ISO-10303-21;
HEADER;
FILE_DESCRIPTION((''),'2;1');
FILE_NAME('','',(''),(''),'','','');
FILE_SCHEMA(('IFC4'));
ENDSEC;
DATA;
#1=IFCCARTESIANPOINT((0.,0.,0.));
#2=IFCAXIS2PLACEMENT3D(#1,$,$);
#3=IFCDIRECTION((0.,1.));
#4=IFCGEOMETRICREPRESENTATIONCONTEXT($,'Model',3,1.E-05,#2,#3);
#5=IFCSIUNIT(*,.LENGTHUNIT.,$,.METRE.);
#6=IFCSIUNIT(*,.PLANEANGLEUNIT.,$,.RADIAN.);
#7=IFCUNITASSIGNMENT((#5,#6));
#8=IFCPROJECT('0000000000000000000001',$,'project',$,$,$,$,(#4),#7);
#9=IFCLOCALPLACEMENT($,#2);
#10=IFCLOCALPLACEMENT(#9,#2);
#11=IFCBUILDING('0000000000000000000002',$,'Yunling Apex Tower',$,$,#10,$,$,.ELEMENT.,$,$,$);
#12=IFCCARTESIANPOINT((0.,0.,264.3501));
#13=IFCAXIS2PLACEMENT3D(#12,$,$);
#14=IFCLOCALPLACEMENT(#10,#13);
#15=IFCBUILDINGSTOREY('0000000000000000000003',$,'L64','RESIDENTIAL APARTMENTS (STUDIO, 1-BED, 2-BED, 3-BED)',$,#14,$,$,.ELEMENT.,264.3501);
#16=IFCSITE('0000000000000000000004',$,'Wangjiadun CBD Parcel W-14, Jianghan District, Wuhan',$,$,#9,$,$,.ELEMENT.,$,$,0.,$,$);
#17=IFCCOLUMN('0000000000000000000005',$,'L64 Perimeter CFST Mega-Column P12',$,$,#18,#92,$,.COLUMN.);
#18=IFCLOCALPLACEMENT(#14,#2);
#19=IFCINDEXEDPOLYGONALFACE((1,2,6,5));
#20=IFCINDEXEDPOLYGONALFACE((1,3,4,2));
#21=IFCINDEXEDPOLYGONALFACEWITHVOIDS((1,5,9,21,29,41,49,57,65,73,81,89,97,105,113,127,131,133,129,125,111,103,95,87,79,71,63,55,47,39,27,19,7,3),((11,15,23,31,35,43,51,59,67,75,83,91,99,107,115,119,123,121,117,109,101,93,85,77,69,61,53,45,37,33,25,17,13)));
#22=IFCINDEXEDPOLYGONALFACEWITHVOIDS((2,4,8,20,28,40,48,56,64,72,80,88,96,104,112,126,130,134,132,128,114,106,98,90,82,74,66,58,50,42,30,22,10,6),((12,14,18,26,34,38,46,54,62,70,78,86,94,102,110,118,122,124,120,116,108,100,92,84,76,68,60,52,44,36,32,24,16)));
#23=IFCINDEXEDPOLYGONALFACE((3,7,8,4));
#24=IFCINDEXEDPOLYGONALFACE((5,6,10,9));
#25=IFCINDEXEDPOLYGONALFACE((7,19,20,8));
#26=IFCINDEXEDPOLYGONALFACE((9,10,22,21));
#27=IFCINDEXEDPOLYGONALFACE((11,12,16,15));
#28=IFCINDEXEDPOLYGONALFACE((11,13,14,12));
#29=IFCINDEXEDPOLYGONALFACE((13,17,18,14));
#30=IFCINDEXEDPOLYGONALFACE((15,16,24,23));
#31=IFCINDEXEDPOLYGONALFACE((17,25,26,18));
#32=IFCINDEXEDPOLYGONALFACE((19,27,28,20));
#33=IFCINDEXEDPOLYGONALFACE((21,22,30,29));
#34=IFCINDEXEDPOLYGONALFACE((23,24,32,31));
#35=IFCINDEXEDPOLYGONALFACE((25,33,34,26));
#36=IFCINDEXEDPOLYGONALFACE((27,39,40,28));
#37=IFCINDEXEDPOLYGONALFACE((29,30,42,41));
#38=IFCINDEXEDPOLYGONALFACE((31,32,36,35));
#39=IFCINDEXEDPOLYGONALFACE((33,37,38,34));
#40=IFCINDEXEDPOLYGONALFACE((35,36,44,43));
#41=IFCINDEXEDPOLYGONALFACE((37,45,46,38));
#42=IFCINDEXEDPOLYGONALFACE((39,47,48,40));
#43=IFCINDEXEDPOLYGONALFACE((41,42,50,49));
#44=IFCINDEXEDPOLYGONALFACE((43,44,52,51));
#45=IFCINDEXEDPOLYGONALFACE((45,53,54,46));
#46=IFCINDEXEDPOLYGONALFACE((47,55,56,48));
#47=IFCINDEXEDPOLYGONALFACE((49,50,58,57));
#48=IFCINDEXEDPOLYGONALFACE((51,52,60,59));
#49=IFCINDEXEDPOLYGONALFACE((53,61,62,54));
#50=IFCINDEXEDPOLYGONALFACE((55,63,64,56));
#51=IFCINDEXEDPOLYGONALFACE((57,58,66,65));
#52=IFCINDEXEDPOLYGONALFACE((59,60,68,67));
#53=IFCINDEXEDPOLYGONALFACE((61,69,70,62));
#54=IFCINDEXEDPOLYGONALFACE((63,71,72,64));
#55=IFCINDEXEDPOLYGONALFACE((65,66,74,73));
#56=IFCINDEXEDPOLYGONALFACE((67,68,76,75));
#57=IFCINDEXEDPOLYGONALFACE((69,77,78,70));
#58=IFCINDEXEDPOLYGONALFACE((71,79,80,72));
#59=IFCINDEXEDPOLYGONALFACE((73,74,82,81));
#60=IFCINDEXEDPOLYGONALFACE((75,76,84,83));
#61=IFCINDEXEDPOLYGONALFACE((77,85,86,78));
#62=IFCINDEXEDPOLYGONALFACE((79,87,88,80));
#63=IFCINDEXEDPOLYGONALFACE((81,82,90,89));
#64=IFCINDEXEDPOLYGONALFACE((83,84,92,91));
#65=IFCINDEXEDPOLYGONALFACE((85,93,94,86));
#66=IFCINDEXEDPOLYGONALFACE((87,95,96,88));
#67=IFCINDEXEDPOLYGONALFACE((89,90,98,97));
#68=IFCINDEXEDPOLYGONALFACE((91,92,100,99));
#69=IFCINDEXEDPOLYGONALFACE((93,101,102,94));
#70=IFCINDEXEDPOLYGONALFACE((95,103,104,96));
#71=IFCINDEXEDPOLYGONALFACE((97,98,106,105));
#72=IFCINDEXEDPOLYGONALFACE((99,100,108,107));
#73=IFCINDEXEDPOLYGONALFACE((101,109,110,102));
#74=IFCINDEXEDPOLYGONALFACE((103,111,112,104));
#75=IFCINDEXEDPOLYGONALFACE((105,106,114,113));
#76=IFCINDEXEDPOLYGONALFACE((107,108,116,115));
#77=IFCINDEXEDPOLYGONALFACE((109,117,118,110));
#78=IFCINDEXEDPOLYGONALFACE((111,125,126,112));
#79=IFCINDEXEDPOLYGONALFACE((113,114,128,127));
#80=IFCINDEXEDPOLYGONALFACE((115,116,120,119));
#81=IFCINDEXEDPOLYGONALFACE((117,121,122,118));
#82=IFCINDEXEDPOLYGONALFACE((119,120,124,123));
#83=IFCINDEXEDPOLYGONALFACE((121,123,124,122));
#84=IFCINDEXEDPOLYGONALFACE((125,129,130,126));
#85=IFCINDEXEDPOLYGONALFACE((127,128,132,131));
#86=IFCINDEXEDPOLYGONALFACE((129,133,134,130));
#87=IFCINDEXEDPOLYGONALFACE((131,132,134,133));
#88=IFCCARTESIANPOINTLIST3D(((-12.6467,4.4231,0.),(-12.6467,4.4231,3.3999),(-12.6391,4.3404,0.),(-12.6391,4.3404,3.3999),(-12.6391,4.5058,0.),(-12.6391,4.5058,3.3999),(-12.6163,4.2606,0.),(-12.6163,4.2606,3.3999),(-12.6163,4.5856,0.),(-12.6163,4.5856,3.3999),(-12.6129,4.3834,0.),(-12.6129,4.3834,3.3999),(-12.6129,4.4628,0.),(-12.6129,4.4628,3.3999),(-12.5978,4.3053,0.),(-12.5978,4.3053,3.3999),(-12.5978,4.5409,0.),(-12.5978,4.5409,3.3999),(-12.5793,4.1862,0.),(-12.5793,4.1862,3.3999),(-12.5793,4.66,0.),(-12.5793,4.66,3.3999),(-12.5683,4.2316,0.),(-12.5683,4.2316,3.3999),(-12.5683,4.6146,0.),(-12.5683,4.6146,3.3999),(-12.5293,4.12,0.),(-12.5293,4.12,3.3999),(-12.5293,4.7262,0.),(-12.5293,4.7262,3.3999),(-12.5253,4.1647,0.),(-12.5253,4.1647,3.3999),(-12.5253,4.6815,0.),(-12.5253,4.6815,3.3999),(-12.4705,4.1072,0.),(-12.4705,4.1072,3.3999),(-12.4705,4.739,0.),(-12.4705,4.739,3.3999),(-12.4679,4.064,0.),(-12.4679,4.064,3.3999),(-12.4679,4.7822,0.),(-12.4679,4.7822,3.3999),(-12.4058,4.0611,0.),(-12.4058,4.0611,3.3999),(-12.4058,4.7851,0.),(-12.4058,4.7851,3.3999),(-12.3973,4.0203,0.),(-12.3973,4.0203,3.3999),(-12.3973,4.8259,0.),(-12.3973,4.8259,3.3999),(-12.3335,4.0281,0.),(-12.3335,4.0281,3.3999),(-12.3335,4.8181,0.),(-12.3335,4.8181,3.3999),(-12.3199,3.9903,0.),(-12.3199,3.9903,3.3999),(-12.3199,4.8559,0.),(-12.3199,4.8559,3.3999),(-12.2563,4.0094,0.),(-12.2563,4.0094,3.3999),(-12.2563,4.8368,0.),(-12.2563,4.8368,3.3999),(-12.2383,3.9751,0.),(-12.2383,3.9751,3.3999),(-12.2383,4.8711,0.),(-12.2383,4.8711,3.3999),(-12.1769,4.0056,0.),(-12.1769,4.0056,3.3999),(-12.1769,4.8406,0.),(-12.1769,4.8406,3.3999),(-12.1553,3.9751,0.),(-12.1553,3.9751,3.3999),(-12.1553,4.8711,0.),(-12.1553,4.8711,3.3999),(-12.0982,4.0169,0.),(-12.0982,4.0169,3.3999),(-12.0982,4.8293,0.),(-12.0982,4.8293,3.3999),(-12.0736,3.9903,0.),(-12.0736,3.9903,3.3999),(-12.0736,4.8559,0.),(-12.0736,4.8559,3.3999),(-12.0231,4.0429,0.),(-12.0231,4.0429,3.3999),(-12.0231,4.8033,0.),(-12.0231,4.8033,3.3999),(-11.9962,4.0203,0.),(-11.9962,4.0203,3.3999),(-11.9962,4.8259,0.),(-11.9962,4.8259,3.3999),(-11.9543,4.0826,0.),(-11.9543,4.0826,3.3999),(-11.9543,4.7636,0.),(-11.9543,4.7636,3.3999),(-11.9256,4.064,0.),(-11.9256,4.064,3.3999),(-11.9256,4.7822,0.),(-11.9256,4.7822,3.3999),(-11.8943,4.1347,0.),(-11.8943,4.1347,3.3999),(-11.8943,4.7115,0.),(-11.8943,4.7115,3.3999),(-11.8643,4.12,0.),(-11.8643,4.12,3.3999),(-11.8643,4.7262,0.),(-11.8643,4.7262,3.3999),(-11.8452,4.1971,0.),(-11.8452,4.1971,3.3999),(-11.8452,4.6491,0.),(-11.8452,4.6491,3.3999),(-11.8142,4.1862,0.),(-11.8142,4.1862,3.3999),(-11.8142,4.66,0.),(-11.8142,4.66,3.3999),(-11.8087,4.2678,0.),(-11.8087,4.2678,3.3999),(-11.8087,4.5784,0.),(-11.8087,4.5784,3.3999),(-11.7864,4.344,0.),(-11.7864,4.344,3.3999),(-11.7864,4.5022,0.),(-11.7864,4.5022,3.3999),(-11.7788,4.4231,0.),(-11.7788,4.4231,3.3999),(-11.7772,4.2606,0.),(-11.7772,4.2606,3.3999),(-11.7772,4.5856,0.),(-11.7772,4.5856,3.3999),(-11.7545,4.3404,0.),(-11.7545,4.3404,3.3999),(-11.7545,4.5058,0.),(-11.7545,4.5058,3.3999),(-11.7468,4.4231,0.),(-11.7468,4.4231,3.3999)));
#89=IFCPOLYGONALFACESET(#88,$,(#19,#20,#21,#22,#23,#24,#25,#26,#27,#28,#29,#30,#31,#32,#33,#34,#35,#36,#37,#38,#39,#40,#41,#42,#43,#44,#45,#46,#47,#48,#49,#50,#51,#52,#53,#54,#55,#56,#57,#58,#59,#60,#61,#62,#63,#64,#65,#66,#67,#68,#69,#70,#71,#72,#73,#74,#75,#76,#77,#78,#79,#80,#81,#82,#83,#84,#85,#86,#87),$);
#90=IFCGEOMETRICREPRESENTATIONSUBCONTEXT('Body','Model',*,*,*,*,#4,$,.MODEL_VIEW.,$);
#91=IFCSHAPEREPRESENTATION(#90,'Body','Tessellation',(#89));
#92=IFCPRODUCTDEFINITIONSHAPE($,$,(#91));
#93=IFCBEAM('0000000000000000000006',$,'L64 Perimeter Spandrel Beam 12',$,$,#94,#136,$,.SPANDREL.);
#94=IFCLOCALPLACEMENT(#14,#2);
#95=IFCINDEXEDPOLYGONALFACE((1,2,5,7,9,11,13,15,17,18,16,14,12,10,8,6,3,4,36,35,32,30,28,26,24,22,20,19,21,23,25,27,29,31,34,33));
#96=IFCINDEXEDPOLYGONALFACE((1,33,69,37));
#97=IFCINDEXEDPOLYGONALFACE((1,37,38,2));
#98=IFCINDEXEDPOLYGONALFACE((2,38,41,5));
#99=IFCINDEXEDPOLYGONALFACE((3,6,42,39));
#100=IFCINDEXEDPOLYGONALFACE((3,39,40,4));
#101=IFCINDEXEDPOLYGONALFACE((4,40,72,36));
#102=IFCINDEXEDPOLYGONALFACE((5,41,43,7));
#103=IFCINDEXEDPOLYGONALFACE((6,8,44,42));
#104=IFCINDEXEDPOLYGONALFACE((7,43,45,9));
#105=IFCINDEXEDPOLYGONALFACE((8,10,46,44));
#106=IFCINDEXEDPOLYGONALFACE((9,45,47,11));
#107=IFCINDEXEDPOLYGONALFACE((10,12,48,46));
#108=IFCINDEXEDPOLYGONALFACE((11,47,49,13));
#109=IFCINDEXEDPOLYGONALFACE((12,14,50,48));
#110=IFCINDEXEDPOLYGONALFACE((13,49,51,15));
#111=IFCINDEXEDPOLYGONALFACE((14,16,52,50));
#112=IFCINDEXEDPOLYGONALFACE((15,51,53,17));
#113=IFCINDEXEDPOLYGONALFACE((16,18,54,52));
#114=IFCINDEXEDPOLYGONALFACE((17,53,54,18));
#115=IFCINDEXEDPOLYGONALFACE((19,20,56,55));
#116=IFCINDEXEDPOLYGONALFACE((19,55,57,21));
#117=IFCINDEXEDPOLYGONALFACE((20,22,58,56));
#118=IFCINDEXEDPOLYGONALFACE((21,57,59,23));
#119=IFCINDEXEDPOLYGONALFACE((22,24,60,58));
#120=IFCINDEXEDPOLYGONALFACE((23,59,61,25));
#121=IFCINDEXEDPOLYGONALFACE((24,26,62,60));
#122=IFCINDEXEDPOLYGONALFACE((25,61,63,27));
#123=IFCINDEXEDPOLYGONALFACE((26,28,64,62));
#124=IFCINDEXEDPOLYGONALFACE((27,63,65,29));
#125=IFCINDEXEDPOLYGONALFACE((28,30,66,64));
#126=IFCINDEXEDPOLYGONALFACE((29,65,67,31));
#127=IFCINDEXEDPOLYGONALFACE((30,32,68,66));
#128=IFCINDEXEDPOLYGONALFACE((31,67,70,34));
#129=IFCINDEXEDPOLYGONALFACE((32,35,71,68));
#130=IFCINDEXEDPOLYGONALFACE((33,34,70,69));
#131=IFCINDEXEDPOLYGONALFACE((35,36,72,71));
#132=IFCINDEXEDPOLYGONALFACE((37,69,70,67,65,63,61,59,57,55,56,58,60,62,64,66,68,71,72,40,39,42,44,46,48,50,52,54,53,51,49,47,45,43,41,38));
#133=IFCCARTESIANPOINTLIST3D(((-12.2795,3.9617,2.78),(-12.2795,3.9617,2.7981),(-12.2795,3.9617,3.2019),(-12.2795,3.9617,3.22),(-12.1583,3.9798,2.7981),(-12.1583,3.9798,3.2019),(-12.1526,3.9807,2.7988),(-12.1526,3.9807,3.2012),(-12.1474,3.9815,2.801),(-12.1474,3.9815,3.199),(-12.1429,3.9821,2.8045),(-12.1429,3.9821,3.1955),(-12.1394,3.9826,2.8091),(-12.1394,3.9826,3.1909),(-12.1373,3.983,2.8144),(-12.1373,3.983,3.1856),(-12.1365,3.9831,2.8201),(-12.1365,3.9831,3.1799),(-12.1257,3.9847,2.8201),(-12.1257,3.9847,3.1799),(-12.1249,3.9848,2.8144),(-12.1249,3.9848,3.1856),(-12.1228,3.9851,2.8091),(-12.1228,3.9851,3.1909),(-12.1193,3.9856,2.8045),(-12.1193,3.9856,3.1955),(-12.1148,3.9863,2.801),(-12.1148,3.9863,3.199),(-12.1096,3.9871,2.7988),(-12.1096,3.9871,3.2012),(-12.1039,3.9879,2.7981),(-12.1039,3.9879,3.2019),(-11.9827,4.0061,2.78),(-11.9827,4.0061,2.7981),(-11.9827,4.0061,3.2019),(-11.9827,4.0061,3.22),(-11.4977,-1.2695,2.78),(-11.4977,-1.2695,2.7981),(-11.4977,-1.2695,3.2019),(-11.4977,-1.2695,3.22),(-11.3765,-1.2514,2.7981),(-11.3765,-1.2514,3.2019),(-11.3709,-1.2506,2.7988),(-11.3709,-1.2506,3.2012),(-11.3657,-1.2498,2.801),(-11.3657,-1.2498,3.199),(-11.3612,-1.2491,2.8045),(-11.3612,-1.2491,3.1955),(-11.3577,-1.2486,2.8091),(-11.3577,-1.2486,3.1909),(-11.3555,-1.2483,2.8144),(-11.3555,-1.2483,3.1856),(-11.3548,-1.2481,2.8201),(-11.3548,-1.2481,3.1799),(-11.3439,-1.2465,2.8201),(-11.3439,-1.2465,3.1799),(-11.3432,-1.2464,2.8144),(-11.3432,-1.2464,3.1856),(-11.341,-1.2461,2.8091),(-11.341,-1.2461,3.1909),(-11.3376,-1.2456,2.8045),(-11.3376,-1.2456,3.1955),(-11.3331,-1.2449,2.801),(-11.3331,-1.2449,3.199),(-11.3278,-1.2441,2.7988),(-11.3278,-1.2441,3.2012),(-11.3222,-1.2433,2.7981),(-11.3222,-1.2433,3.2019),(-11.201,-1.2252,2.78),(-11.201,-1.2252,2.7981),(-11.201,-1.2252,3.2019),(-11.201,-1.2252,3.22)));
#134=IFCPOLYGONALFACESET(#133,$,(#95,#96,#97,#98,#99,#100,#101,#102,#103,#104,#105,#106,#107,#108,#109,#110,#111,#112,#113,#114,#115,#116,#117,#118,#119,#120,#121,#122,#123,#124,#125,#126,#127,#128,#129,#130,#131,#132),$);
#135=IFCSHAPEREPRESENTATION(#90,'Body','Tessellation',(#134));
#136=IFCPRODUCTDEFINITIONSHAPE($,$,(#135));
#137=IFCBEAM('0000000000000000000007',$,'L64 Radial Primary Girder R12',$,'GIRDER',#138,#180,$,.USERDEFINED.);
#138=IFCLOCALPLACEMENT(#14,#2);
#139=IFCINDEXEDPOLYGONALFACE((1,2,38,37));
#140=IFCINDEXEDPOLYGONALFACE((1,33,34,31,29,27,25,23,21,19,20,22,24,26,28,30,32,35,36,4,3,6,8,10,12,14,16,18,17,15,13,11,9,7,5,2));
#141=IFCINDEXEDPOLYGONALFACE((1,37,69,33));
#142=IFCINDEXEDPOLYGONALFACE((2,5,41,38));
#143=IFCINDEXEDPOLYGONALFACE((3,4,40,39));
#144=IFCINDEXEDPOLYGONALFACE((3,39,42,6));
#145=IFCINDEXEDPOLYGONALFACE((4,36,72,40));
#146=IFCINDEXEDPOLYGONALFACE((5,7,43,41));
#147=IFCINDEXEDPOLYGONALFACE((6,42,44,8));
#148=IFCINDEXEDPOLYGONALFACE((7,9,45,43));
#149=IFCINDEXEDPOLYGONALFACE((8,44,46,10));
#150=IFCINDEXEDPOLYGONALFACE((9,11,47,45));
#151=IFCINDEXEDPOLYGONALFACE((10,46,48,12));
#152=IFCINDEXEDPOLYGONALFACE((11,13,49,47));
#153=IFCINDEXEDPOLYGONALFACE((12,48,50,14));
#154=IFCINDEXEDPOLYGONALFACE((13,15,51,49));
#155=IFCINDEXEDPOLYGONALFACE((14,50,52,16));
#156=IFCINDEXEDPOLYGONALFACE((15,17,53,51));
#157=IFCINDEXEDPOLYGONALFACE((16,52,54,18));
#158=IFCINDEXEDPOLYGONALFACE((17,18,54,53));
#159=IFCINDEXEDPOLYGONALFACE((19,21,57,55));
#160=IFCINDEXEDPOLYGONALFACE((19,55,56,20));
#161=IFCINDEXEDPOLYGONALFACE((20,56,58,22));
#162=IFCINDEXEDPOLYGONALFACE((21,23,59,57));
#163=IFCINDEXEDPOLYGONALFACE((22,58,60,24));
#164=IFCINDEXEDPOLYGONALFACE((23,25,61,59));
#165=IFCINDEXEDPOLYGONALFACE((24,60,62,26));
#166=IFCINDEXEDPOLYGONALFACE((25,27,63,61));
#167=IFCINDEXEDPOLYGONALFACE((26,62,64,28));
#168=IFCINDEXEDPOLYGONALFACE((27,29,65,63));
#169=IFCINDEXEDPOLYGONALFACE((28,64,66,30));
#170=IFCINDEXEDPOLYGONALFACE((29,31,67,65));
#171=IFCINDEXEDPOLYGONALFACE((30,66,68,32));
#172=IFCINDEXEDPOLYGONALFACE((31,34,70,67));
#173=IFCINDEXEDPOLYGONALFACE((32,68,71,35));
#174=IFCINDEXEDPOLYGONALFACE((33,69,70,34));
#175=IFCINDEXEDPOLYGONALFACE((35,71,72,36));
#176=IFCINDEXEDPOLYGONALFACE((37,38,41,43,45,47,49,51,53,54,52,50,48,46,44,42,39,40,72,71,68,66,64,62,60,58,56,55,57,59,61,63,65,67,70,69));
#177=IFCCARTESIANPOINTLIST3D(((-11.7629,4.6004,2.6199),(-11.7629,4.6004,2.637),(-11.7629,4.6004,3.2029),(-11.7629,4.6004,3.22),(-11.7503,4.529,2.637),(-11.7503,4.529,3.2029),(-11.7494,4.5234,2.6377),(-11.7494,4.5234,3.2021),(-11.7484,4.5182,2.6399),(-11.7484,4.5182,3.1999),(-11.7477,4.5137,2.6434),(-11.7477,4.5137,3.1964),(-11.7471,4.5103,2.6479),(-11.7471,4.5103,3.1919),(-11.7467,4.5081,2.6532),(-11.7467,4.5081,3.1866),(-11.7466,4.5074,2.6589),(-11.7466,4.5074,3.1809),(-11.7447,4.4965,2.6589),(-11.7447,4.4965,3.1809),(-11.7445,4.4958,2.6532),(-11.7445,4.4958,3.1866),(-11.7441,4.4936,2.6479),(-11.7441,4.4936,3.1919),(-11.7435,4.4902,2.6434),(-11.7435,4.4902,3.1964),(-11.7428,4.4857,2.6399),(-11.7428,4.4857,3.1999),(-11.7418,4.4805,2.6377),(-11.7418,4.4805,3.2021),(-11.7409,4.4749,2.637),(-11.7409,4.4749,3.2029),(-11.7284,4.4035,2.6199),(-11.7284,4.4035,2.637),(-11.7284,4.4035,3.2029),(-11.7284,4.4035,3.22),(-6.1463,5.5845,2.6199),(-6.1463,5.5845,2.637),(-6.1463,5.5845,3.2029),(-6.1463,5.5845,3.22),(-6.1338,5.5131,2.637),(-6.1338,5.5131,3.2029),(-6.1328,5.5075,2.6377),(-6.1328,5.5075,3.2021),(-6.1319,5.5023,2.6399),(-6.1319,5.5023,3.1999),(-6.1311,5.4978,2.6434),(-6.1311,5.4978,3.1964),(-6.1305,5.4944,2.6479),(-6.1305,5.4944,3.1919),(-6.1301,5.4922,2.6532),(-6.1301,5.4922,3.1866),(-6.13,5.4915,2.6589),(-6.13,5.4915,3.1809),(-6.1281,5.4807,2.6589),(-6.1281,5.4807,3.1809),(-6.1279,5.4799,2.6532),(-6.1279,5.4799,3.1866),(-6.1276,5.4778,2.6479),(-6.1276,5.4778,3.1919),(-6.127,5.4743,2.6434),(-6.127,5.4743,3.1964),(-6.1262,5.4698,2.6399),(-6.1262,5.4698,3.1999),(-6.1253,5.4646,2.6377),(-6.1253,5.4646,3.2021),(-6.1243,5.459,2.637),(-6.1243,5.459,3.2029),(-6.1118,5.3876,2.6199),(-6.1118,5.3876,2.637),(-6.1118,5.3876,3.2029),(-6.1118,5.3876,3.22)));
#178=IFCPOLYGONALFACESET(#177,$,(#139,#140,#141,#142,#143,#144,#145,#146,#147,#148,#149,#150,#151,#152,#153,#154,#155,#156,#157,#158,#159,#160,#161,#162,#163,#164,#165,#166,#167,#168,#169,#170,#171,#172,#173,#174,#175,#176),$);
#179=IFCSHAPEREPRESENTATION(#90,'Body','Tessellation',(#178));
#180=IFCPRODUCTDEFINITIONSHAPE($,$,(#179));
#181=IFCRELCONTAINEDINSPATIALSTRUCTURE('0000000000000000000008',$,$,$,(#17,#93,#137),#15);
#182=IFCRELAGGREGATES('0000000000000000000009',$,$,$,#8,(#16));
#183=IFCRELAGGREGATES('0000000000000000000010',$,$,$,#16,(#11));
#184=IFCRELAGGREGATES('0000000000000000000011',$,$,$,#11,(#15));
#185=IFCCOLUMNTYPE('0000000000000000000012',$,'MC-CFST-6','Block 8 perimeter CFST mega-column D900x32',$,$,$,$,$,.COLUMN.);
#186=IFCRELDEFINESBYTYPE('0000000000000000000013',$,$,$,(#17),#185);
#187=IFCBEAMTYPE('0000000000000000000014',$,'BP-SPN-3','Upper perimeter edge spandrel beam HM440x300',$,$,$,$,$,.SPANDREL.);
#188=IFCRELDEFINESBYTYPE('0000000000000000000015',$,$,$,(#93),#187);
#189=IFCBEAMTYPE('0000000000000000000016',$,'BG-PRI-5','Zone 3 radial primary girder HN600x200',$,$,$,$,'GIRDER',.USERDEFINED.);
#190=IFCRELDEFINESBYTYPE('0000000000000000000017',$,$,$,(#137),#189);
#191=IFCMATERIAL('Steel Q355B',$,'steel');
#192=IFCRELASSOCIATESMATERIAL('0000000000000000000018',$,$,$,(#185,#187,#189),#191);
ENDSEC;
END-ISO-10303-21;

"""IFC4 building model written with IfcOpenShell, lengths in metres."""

from ifc_helpers import new_model, si_unit, direction, frame, origin, origin_2d, place, context, subcontext, project, spatial, hollow_circle, i_section, extrude, source, transform, mapped, material, material_profile, profile_set, type_object, element, save


model = new_model("IFC4")

# Units and contexts
model_context = context("Model", 3, precision=1e-05, world=origin(), true_north=direction((0.0, 1.0)))
body_context = subcontext(model_context, "Body", "Model", "MODEL_VIEW")
ifc_project = project(units=[si_unit("LENGTHUNIT", "METRE"), si_unit("PLANEANGLEUNIT", "RADIAN")], contexts=[model_context])

# Site, building, storey
site_placement = place(None, origin())
site = spatial("IfcSite", under=ifc_project, at=site_placement, Name="Wangjiadun CBD Parcel W-14, Jianghan District, Wuhan", CompositionType="ELEMENT", RefElevation=0.0)
building_placement = place(site_placement, origin())
building = spatial("IfcBuilding", under=site, at=building_placement, Name="Yunling Apex Tower", CompositionType="ELEMENT")
storey_placement = place(building_placement, frame((0.0, 0.0, 264.3501)))
storey = spatial("IfcBuildingStorey", under=building, at=storey_placement, Name="L64", Description="RESIDENTIAL APARTMENTS (STUDIO, 1-BED, 2-BED, 3-BED)", CompositionType="ELEMENT", Elevation=264.3501)

# Column
ifc_material_1 = material(Name="Steel Q355B", Category="steel")
ifc_material_profile_1 = material_profile(ifc_material_1, hollow_circle(Radius=0.45, WallThickness=0.032, at=origin_2d()))
ifc_profile_set_1 = profile_set([ifc_material_profile_1], Name="Steel Q355B")
column_type = type_object("IfcColumnType", Name="MC-CFST-6", Description="Block 8 perimeter CFST mega-column D900x32", PredefinedType="COLUMN", material=ifc_profile_set_1)
shared_shape_1 = source(origin(), body_context, "Body", "SweptSolid", [
    extrude(hollow_circle(Radius=0.45, WallThickness=0.032, at=origin_2d()), origin(), (0.0, 0.0, 1.0), 3.3999),
])
column_placement = place(storey_placement, frame((-12.1968, 4.4231, 0.0), z_axis=(0.0, 0.0, 1.0), x_axis=(1.0, 0.0, 0.0)))
element("IfcColumn", 1, at=column_placement, inside=storey, type_object=column_type, Name="L64 Perimeter CFST Mega-Column P12", PredefinedType="COLUMN", context=body_context, shape_type="MappedRepresentation", body=[
    mapped(shared_shape_1, transform((0.0, 0.0, 0.0), scale=1.0)),
])

# Beams
ifc_material_profile_2 = material_profile(ifc_material_1, i_section(OverallWidth=0.3, OverallDepth=0.4399, WebThickness=0.011, FlangeThickness=0.0181, FilletRadius=0.022, at=origin_2d()))
ifc_profile_set_2 = profile_set([ifc_material_profile_2], Name="Steel Q355B")
beam_type_1 = type_object("IfcBeamType", Name="BP-SPN-3", Description="Upper perimeter edge spandrel beam HM440x300", PredefinedType="SPANDREL", material=ifc_profile_set_2)
shared_shape_2 = source(origin(), body_context, "Body", "SweptSolid", [
    extrude(i_section(OverallWidth=0.3, OverallDepth=0.4399, WebThickness=0.011, FlangeThickness=0.0181, FilletRadius=0.022, at=origin_2d()), origin(), (0.0, 0.0, 1.0), 5.2893),
])
beam_1_placement = place(storey_placement, frame((-12.1311, 3.9839, 3.0), z_axis=(0.147796, -0.989018, 0.0), x_axis=(0.989018, 0.147796, 0.0)))
element("IfcBeam", 2, at=beam_1_placement, inside=storey, type_object=beam_type_1, Name="L64 Perimeter Spandrel Beam 12", PredefinedType="SPANDREL", context=body_context, shape_type="MappedRepresentation", body=[
    mapped(shared_shape_2, transform((0.0, 0.0, 0.0), scale=1.0)),
])
ifc_material_profile_3 = material_profile(ifc_material_1, i_section(OverallWidth=0.2, OverallDepth=0.6001, WebThickness=0.011, FlangeThickness=0.0171, FilletRadius=0.022, at=origin_2d()))
ifc_profile_set_3 = profile_set([ifc_material_profile_3], Name="Steel Q355B")
beam_type_2 = type_object("IfcBeamType", Name="BG-PRI-5", Description="Zone 3 radial primary girder HN600x200", ElementType="GIRDER", PredefinedType="USERDEFINED", material=ifc_profile_set_3)
shared_shape_3 = source(origin(), body_context, "Body", "SweptSolid", [
    extrude(i_section(OverallWidth=0.2, OverallDepth=0.6001, WebThickness=0.011, FlangeThickness=0.0171, FilletRadius=0.022, at=origin_2d()), origin(), (0.0, 0.0, 1.0), 5.7021),
])
beam_2_placement = place(storey_placement, frame((-11.7456, 4.502, 2.9199), z_axis=(0.984994, 0.172586, 0.0), x_axis=(-0.172586, 0.984994, 0.0)))
element("IfcBeam", 3, at=beam_2_placement, inside=storey, type_object=beam_type_2, Name="L64 Radial Primary Girder R12", ObjectType="GIRDER", PredefinedType="USERDEFINED", context=body_context, shape_type="MappedRepresentation", body=[
    mapped(shared_shape_3, transform((0.0, 0.0, 0.0), scale=1.0)),
])

save(model, "model.ifc")
